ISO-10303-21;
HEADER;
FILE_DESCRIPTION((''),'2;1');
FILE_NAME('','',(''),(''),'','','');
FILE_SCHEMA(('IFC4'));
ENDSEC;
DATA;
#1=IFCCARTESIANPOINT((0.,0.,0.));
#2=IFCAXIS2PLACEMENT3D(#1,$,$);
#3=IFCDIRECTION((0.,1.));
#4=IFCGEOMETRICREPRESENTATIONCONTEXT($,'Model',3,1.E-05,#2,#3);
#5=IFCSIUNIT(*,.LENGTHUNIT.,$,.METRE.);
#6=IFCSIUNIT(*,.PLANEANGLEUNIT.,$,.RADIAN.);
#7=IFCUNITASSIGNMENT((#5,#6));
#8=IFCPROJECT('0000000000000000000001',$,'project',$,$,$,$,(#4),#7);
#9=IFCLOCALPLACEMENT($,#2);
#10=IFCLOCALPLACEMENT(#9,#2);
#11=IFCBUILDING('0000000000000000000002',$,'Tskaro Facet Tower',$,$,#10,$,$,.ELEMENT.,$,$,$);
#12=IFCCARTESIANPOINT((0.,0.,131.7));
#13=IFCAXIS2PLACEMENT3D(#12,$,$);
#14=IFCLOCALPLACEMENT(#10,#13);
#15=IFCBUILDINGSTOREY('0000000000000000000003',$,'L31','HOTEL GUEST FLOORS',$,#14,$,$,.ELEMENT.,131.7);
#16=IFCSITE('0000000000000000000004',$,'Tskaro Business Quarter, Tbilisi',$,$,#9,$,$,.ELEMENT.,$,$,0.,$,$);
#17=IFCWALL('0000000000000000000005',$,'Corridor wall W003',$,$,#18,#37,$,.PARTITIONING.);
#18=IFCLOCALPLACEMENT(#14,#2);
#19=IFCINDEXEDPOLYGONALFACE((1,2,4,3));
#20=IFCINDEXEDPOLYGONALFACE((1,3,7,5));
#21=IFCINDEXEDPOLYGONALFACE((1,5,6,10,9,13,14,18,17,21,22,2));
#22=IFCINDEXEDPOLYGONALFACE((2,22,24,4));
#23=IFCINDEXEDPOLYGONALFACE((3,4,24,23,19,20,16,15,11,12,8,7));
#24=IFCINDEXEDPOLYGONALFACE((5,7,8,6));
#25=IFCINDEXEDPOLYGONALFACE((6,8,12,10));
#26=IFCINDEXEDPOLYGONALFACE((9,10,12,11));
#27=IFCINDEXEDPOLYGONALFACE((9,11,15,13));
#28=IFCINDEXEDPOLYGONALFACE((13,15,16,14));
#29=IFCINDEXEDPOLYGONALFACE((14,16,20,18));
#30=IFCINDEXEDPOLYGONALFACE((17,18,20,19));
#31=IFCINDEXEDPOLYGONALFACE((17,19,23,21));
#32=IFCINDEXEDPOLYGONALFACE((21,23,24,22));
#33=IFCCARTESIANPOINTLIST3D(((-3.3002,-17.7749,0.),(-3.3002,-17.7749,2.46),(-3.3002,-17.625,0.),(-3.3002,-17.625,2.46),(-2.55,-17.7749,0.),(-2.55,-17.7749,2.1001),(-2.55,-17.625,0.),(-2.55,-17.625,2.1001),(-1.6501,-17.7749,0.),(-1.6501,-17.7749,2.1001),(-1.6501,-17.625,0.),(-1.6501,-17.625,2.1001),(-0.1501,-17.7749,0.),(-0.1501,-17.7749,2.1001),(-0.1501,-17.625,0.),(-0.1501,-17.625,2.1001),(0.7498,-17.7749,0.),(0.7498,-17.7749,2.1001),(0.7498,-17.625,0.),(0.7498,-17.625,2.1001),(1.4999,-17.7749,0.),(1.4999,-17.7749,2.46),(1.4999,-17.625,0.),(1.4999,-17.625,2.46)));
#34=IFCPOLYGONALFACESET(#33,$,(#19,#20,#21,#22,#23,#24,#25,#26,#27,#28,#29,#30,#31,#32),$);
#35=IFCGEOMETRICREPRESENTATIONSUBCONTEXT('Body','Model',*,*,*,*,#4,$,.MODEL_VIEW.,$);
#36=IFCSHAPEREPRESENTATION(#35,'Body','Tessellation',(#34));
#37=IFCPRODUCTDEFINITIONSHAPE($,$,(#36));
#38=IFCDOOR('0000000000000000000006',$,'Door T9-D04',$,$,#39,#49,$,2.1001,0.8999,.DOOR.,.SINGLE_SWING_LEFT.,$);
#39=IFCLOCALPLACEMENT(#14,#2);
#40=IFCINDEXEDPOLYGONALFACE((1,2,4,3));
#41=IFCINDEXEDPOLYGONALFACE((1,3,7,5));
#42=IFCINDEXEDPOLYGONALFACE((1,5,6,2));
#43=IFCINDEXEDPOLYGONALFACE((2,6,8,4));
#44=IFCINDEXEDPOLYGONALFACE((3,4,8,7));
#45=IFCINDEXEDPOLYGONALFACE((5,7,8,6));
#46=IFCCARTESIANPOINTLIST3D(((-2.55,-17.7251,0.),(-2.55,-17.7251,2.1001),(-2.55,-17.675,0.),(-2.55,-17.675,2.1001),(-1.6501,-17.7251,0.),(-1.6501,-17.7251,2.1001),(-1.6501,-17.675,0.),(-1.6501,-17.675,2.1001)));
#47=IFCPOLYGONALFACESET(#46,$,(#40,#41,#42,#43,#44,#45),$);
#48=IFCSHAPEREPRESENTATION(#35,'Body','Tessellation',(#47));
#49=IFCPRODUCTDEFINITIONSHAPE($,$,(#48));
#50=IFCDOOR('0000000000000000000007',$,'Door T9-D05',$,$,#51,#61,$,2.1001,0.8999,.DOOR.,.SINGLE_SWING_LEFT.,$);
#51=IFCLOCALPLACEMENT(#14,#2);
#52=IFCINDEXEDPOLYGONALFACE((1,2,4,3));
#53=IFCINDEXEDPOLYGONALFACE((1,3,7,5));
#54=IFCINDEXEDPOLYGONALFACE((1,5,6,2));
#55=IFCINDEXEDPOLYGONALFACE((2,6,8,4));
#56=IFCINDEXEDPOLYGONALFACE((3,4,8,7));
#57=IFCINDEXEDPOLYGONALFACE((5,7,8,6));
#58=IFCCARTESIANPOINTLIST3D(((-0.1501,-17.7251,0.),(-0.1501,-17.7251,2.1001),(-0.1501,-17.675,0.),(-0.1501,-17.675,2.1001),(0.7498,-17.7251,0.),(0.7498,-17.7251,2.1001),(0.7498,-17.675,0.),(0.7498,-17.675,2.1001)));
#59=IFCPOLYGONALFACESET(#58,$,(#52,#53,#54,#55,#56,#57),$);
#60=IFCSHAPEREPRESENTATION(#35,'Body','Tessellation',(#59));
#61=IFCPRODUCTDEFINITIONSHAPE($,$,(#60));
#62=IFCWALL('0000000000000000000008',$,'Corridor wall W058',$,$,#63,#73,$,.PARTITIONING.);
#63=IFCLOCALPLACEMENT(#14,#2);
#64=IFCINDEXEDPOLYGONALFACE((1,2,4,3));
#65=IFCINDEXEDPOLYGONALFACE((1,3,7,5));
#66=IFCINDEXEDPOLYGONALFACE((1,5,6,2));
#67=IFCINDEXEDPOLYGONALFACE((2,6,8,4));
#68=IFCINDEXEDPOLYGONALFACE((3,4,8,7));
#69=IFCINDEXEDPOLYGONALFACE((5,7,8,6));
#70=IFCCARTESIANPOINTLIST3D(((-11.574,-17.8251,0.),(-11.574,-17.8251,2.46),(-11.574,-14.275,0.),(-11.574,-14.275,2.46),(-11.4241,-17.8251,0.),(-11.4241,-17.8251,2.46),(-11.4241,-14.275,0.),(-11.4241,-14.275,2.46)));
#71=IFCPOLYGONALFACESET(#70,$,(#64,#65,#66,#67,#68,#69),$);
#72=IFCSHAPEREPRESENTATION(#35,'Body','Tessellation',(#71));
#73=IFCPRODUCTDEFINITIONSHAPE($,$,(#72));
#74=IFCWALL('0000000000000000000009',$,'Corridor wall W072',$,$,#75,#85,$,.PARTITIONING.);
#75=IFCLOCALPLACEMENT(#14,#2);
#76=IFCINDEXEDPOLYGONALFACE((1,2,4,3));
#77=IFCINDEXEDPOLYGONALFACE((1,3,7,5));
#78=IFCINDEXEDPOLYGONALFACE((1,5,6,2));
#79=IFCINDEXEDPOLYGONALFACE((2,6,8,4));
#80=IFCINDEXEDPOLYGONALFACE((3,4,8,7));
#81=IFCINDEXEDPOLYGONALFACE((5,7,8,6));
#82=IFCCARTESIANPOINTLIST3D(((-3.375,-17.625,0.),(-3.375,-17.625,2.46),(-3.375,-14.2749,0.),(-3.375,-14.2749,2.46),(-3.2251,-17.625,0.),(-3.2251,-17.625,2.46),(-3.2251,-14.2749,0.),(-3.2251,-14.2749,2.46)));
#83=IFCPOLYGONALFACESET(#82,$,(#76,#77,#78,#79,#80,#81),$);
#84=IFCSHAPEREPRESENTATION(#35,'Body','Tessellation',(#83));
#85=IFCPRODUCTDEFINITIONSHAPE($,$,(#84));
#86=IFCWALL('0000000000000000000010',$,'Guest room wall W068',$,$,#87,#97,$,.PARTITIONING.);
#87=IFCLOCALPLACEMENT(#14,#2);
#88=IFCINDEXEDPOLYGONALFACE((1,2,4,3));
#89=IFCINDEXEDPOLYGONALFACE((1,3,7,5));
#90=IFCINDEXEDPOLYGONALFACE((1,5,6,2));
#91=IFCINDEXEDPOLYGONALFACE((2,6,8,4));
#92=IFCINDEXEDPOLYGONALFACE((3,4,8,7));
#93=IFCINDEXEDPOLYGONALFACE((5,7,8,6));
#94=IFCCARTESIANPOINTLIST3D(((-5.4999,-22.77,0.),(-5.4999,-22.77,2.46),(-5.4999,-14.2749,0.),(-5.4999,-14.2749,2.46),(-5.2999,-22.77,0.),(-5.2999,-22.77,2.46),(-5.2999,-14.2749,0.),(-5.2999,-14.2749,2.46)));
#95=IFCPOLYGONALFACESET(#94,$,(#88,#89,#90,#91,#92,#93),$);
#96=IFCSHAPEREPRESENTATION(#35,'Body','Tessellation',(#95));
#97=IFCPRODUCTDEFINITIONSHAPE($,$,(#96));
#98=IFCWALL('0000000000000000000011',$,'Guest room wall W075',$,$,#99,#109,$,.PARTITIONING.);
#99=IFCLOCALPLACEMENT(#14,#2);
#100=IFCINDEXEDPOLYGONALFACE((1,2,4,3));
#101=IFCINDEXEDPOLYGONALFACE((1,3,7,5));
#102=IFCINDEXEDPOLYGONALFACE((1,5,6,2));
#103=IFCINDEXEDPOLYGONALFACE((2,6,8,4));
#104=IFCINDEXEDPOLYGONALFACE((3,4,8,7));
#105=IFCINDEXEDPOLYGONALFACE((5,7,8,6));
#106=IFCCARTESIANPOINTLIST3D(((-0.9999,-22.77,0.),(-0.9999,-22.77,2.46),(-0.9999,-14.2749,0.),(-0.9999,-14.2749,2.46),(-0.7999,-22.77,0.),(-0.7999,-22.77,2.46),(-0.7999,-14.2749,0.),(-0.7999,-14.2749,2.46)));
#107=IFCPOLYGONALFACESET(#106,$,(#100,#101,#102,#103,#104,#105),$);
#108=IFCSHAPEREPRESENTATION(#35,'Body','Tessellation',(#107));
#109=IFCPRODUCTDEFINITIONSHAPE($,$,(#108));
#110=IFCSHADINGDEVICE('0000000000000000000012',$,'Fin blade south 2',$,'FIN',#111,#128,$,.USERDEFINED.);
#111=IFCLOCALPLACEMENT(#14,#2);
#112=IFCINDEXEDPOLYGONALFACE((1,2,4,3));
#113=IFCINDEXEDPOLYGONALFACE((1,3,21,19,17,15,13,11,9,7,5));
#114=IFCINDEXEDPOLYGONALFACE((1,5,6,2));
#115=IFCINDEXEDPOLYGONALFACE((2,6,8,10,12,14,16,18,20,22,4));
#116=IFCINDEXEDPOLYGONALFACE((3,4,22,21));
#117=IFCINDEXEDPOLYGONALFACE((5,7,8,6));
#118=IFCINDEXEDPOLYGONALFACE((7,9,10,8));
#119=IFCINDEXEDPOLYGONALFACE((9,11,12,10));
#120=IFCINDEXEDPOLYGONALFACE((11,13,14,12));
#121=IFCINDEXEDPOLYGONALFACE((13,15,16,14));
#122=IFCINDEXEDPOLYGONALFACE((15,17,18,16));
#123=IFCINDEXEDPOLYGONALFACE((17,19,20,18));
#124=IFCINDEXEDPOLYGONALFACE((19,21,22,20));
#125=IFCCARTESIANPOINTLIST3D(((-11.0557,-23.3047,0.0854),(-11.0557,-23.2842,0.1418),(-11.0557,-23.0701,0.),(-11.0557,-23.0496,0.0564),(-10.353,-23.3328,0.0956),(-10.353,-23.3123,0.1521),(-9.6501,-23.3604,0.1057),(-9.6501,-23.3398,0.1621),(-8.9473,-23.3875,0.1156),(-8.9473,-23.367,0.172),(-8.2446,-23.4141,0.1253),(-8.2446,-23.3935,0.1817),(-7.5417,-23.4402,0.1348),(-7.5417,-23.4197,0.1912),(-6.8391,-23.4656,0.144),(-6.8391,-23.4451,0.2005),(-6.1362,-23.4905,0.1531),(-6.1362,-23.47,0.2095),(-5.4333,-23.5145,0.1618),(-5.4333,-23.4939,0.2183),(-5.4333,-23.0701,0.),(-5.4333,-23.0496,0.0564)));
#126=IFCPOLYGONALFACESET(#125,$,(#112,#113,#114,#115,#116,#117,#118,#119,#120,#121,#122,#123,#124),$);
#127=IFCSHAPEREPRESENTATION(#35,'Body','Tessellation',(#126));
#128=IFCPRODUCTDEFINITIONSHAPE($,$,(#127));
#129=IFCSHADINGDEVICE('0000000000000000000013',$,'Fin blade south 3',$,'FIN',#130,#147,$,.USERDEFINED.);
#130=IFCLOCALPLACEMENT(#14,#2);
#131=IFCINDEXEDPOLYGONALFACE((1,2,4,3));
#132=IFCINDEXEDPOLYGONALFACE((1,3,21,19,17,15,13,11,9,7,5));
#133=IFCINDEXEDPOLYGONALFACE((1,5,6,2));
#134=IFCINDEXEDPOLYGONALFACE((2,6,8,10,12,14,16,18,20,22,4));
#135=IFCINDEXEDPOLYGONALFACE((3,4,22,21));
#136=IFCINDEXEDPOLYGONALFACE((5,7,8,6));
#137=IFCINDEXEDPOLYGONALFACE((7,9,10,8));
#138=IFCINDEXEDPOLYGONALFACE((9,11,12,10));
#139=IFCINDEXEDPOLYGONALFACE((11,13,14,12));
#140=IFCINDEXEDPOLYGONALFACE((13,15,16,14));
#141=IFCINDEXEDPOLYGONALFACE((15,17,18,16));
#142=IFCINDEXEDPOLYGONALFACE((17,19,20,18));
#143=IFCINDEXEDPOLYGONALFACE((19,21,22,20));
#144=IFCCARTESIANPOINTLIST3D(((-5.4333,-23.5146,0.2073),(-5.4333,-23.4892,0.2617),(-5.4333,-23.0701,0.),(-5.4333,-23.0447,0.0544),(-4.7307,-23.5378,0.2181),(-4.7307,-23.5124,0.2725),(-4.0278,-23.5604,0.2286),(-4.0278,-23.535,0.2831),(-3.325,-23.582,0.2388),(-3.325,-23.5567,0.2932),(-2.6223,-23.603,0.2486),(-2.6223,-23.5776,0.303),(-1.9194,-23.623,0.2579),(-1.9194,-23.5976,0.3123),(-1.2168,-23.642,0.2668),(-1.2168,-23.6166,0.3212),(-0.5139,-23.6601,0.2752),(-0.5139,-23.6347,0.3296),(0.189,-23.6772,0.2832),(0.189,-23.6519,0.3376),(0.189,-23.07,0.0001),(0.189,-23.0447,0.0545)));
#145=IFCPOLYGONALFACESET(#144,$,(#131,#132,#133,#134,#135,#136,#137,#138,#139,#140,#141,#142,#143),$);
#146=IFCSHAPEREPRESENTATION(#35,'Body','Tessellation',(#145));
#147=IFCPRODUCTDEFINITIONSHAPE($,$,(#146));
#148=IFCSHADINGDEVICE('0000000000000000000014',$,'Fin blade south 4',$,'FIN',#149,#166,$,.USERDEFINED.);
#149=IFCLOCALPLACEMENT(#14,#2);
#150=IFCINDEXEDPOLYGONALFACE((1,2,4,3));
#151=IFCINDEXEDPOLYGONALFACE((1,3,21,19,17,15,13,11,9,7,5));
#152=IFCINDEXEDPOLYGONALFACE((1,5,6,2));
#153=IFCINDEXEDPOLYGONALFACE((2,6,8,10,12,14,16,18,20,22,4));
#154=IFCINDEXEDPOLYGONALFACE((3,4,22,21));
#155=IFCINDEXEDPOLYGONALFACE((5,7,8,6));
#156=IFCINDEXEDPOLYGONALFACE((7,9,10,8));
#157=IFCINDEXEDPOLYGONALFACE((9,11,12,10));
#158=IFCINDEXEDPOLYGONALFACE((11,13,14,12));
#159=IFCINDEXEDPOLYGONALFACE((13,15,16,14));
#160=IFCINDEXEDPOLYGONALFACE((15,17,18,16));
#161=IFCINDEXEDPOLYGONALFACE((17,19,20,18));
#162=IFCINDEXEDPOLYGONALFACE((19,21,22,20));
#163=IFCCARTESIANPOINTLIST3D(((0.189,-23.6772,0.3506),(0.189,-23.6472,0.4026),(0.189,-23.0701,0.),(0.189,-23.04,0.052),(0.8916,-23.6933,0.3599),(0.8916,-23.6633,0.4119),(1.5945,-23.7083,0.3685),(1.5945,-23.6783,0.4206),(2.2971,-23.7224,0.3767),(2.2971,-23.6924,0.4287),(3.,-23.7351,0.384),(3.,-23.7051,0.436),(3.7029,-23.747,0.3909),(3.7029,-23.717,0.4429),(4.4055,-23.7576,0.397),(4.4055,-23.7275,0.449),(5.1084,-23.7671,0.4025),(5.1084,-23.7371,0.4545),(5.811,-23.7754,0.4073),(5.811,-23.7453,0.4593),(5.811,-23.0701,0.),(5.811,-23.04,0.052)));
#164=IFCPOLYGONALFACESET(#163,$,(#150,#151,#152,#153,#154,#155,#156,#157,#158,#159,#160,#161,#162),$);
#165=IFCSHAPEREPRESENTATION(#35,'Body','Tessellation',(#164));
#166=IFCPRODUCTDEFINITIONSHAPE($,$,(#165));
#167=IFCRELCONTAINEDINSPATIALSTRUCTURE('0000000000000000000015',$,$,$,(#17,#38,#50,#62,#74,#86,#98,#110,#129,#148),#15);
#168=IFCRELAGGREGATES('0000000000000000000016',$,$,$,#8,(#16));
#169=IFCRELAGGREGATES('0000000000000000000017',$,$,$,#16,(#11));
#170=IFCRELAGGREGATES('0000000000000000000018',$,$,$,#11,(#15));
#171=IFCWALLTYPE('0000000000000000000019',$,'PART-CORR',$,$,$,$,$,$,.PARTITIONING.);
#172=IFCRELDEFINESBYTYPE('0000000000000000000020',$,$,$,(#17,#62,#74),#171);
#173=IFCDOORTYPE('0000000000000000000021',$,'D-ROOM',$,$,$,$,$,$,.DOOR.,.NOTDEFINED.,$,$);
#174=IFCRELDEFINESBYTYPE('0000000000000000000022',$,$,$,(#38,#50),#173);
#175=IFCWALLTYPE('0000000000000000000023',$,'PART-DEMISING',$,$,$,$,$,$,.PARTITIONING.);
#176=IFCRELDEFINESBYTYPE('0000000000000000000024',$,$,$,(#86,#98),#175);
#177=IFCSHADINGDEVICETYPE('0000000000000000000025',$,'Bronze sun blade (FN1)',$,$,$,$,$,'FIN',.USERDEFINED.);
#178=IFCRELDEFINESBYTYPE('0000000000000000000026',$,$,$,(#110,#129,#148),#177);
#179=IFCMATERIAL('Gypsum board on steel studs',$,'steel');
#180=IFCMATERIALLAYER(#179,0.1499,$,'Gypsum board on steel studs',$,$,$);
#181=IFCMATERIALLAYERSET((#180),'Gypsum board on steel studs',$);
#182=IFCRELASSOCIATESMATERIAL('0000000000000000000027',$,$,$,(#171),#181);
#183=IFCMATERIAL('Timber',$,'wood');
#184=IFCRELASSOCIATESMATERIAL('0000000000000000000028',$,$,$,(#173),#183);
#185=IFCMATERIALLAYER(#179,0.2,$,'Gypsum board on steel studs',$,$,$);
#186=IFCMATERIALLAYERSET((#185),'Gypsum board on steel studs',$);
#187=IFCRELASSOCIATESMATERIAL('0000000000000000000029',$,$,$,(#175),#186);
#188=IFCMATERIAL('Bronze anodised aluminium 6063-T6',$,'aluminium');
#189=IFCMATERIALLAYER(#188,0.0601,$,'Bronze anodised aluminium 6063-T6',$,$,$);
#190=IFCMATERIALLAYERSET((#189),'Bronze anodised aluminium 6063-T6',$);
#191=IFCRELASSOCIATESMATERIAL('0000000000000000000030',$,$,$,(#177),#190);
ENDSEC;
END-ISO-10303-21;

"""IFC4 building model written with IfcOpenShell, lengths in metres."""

from ifc_helpers import new_model, si_unit, direction, frame, frame_2d, origin, place, context, subcontext, project, spatial, polyline, rectangle, outline, extrude, material, layer, layer_set, type_object, element, fill, save


model = new_model("IFC4")

# Units and contexts
model_context = context("Model", 3, precision=1e-05, world=origin(), true_north=direction((0.0, 1.0)))
body_context = subcontext(model_context, "Body", "Model", "MODEL_VIEW")
ifc_project = project(units=[si_unit("LENGTHUNIT", "METRE"), si_unit("PLANEANGLEUNIT", "RADIAN")], contexts=[model_context])

# Site, building, storey
site_placement = place(None, origin())
site = spatial("IfcSite", under=ifc_project, at=site_placement, Name="Tskaro Business Quarter, Tbilisi", CompositionType="ELEMENT", RefElevation=0.0)
building_placement = place(site_placement, origin())
building = spatial("IfcBuilding", under=site, at=building_placement, Name="Tskaro Facet Tower", CompositionType="ELEMENT")
storey_placement = place(building_placement, frame((0.0, 0.0, 131.7)))
storey = spatial("IfcBuildingStorey", under=building, at=storey_placement, Name="L31", Description="HOTEL GUEST FLOORS", CompositionType="ELEMENT", Elevation=131.7)

# Shared definitions
ifc_material_1 = material(Name="Bronze anodised aluminium 6063-T6", Category="aluminium")

# Wall, openings, doors
ifc_material_2 = material(Name="Gypsum board on steel studs", Category="steel")
ifc_layer_1 = layer(ifc_material_2, 0.1499, Name="Gypsum board on steel studs")
ifc_layer_set_1 = layer_set([ifc_layer_1], Name="Gypsum board on steel studs")
wall_type_1 = type_object("IfcWallType", Name="PART-CORR", PredefinedType="PARTITIONING", material=ifc_layer_set_1)
wall_1_placement = place(storey_placement, frame((-3.3, -17.7, 0.0), z_axis=(0.0, 0.0, 1.0), x_axis=(1.0, 0.0, 0.0)))
wall_1 = element("IfcWall", 1, at=wall_1_placement, inside=storey, type_object=wall_type_1, Name="Corridor wall W003", PredefinedType="PARTITIONING", context=body_context, shape_type="SweptSolid", body=[
    extrude(rectangle(XDim=4.8, YDim=0.1499, at=frame_2d((2.3999, 0.0))), origin(), (0.0, 0.0, 1.0), 2.46),
])
opening_1_placement = place(wall_1_placement, frame((0.75, 0.0, 0.0)))
opening_1 = element("IfcOpeningElement", 2, at=opening_1_placement, cuts=wall_1, PredefinedType="OPENING", context=body_context, shape_type="SweptSolid", body=[
    extrude(rectangle(XDim=0.8999, YDim=2.1001, at=frame_2d((0.45, 1.05))), frame((0.0, 0.085, 0.0), z_axis=(0.0, -1.0, 0.0), x_axis=(1.0, 0.0, 0.0)), (0.0, 0.0, 1.0), 0.1699),
])
opening_2_placement = place(wall_1_placement, frame((3.1499, 0.0, 0.0)))
opening_2 = element("IfcOpeningElement", 3, at=opening_2_placement, cuts=wall_1, PredefinedType="OPENING", context=body_context, shape_type="SweptSolid", body=[
    extrude(rectangle(XDim=0.8999, YDim=2.1001, at=frame_2d((0.45, 1.05))), frame((0.0, 0.085, 0.0), z_axis=(0.0, -1.0, 0.0), x_axis=(1.0, 0.0, 0.0)), (0.0, 0.0, 1.0), 0.1699),
])
ifc_material_3 = material(Name="Timber", Category="wood")
door_type = type_object("IfcDoorType", Name="D-ROOM", OperationType="NOTDEFINED", PredefinedType="DOOR", material=ifc_material_3)
door_1_placement = place(opening_1_placement, origin())
door_1 = element("IfcDoor", 4, at=door_1_placement, inside=storey, type_object=door_type, Name="Door T9-D04", OperationType="SINGLE_SWING_LEFT", OverallHeight=2.1001, OverallWidth=0.8999, PredefinedType="DOOR", context=body_context, shape_type="SweptSolid", body=[
    extrude(rectangle(XDim=0.8999, YDim=2.1001, at=frame_2d((0.45, 1.05))), frame((0.0, 0.0249, 0.0), z_axis=(0.0, -1.0, 0.0), x_axis=(1.0, 0.0, 0.0)), (0.0, 0.0, 1.0), 0.05),
])
fill(opening_1, door_1)
door_2_placement = place(opening_2_placement, origin())
door_2 = element("IfcDoor", 5, at=door_2_placement, inside=storey, type_object=door_type, Name="Door T9-D05", OperationType="SINGLE_SWING_LEFT", OverallHeight=2.1001, OverallWidth=0.8999, PredefinedType="DOOR", context=body_context, shape_type="SweptSolid", body=[
    extrude(rectangle(XDim=0.8999, YDim=2.1001, at=frame_2d((0.45, 1.05))), frame((0.0, 0.0249, 0.0), z_axis=(0.0, -1.0, 0.0), x_axis=(1.0, 0.0, 0.0)), (0.0, 0.0, 1.0), 0.05),
])
fill(opening_2, door_2)

# Walls
wall_2_placement = place(storey_placement, frame((-11.499, -17.825, 0.0), z_axis=(0.0, 0.0, 1.0), x_axis=(0.0, 1.0, 0.0)))
element("IfcWall", 6, at=wall_2_placement, inside=storey, type_object=wall_type_1, Name="Corridor wall W058", PredefinedType="PARTITIONING", context=body_context, shape_type="SweptSolid", body=[
    extrude(rectangle(XDim=3.55, YDim=0.1499, at=frame_2d((1.7749, 0.0))), origin(), (0.0, 0.0, 1.0), 2.46),
])
wall_3_placement = place(storey_placement, frame((-3.3, -17.625, 0.0), z_axis=(0.0, 0.0, 1.0), x_axis=(0.0, 1.0, 0.0)))
element("IfcWall", 7, at=wall_3_placement, inside=storey, type_object=wall_type_1, Name="Corridor wall W072", PredefinedType="PARTITIONING", context=body_context, shape_type="SweptSolid", body=[
    extrude(rectangle(XDim=3.3501, YDim=0.1499, at=frame_2d((1.675, 0.0))), origin(), (0.0, 0.0, 1.0), 2.46),
])
ifc_layer_2 = layer(ifc_material_2, 0.2, Name="Gypsum board on steel studs")
ifc_layer_set_2 = layer_set([ifc_layer_2], Name="Gypsum board on steel studs")
wall_type_2 = type_object("IfcWallType", Name="PART-DEMISING", PredefinedType="PARTITIONING", material=ifc_layer_set_2)
for number, where, z_axis, x_axis, name in (
    (8, (-5.3999, -22.77, 0.0), (0.0, 0.0, 1.0), (0.0, 1.0, 0.0), "Guest room wall W068"),
    (9, (-0.8999, -22.77, 0.0), (0.0, 0.0, 1.0), (0.0, 1.0, 0.0), "Guest room wall W075"),
):
    element("IfcWall", number, at=place(storey_placement, frame(where, z_axis=z_axis, x_axis=x_axis)), inside=storey, type_object=wall_type_2, Name=name, PredefinedType="PARTITIONING", context=body_context, shape_type="SweptSolid", body=[
        extrude(rectangle(XDim=8.4951, YDim=0.2, at=frame_2d((4.2476, 0.0))), origin(), (0.0, 0.0, 1.0), 2.46),
    ])

# Shading devices
ifc_layer_3 = layer(ifc_material_1, 0.0601, Name="Bronze anodised aluminium 6063-T6")
ifc_layer_set_3 = layer_set([ifc_layer_3], Name="Bronze anodised aluminium 6063-T6")
shading_device_type = type_object("IfcShadingDeviceType", Name="Bronze sun blade (FN1)", ElementType="FIN", PredefinedType="USERDEFINED", material=ifc_layer_set_3)
shading_device_1_placement = place(storey_placement, frame((-11.0557, -23.0496, 0.0564), z_axis=(-0.000003, 0.34223, 0.939616), x_axis=(1.0, 0.000001, 0.000003)))
element("IfcShadingDevice", 10, at=shading_device_1_placement, inside=storey, type_object=shading_device_type, Name="Fin blade south 2", ObjectType="FIN", PredefinedType="USERDEFINED", context=body_context, shape_type="SweptSolid", body=[
    extrude(outline(polyline([(0.0, 0.0), (5.6223, 0.0), (5.6223, -0.4729), (4.9194, -0.4474), (4.2166, -0.4209), (3.5139, -0.3939), (2.811, -0.3661), (2.1084, -0.3378), (1.4055, -0.3089), (0.7026, -0.2796), (0.0, -0.2497), (0.0, 0.0)])), origin(), (0.0, 0.0, -1.0), 0.0601),
])
shading_device_2_placement = place(storey_placement, frame((-5.4333, -23.0447, 0.0544), z_axis=(-0.000009, 0.422604, 0.906314), x_axis=(1.0, 0.000004, 0.000009)))
element("IfcShadingDevice", 11, at=shading_device_2_placement, inside=storey, type_object=shading_device_type, Name="Fin blade south 3", ObjectType="FIN", PredefinedType="USERDEFINED", context=body_context, shape_type="SweptSolid", body=[
    extrude(outline(polyline([(0.0, 0.0), (5.6223, 0.0), (5.6223, -0.67), (4.9194, -0.6511), (4.2166, -0.6311), (3.5139, -0.6101), (2.811, -0.5881), (2.1084, -0.5649), (1.4055, -0.541), (0.7026, -0.5161), (0.0, -0.4905), (0.0, 0.0)])), origin(), (0.0, 0.0, -1.0), 0.0601),
])
shading_device_3_placement = place(storey_placement, frame((0.189, -23.04, 0.052), z_axis=(0.000003, 0.500071, 0.865984), x_axis=(1.0, -0.000002, -0.000003)))
element("IfcShadingDevice", 12, at=shading_device_3_placement, inside=storey, type_object=shading_device_type, Name="Fin blade south 4", ObjectType="FIN", PredefinedType="USERDEFINED", context=body_context, shape_type="SweptSolid", body=[
    extrude(outline(polyline([(0.0, 0.0), (5.6221, 0.0), (5.6221, -0.8144), (4.9194, -0.8049), (4.2166, -0.7939), (3.5139, -0.7817), (2.811, -0.768), (2.1082, -0.7533), (1.4055, -0.737), (0.7026, -0.7197), (0.0, -0.7011), (0.0, 0.0)])), origin(), (0.0, 0.0, -1.0), 0.0601),
])

save(model, "model.ifc")
